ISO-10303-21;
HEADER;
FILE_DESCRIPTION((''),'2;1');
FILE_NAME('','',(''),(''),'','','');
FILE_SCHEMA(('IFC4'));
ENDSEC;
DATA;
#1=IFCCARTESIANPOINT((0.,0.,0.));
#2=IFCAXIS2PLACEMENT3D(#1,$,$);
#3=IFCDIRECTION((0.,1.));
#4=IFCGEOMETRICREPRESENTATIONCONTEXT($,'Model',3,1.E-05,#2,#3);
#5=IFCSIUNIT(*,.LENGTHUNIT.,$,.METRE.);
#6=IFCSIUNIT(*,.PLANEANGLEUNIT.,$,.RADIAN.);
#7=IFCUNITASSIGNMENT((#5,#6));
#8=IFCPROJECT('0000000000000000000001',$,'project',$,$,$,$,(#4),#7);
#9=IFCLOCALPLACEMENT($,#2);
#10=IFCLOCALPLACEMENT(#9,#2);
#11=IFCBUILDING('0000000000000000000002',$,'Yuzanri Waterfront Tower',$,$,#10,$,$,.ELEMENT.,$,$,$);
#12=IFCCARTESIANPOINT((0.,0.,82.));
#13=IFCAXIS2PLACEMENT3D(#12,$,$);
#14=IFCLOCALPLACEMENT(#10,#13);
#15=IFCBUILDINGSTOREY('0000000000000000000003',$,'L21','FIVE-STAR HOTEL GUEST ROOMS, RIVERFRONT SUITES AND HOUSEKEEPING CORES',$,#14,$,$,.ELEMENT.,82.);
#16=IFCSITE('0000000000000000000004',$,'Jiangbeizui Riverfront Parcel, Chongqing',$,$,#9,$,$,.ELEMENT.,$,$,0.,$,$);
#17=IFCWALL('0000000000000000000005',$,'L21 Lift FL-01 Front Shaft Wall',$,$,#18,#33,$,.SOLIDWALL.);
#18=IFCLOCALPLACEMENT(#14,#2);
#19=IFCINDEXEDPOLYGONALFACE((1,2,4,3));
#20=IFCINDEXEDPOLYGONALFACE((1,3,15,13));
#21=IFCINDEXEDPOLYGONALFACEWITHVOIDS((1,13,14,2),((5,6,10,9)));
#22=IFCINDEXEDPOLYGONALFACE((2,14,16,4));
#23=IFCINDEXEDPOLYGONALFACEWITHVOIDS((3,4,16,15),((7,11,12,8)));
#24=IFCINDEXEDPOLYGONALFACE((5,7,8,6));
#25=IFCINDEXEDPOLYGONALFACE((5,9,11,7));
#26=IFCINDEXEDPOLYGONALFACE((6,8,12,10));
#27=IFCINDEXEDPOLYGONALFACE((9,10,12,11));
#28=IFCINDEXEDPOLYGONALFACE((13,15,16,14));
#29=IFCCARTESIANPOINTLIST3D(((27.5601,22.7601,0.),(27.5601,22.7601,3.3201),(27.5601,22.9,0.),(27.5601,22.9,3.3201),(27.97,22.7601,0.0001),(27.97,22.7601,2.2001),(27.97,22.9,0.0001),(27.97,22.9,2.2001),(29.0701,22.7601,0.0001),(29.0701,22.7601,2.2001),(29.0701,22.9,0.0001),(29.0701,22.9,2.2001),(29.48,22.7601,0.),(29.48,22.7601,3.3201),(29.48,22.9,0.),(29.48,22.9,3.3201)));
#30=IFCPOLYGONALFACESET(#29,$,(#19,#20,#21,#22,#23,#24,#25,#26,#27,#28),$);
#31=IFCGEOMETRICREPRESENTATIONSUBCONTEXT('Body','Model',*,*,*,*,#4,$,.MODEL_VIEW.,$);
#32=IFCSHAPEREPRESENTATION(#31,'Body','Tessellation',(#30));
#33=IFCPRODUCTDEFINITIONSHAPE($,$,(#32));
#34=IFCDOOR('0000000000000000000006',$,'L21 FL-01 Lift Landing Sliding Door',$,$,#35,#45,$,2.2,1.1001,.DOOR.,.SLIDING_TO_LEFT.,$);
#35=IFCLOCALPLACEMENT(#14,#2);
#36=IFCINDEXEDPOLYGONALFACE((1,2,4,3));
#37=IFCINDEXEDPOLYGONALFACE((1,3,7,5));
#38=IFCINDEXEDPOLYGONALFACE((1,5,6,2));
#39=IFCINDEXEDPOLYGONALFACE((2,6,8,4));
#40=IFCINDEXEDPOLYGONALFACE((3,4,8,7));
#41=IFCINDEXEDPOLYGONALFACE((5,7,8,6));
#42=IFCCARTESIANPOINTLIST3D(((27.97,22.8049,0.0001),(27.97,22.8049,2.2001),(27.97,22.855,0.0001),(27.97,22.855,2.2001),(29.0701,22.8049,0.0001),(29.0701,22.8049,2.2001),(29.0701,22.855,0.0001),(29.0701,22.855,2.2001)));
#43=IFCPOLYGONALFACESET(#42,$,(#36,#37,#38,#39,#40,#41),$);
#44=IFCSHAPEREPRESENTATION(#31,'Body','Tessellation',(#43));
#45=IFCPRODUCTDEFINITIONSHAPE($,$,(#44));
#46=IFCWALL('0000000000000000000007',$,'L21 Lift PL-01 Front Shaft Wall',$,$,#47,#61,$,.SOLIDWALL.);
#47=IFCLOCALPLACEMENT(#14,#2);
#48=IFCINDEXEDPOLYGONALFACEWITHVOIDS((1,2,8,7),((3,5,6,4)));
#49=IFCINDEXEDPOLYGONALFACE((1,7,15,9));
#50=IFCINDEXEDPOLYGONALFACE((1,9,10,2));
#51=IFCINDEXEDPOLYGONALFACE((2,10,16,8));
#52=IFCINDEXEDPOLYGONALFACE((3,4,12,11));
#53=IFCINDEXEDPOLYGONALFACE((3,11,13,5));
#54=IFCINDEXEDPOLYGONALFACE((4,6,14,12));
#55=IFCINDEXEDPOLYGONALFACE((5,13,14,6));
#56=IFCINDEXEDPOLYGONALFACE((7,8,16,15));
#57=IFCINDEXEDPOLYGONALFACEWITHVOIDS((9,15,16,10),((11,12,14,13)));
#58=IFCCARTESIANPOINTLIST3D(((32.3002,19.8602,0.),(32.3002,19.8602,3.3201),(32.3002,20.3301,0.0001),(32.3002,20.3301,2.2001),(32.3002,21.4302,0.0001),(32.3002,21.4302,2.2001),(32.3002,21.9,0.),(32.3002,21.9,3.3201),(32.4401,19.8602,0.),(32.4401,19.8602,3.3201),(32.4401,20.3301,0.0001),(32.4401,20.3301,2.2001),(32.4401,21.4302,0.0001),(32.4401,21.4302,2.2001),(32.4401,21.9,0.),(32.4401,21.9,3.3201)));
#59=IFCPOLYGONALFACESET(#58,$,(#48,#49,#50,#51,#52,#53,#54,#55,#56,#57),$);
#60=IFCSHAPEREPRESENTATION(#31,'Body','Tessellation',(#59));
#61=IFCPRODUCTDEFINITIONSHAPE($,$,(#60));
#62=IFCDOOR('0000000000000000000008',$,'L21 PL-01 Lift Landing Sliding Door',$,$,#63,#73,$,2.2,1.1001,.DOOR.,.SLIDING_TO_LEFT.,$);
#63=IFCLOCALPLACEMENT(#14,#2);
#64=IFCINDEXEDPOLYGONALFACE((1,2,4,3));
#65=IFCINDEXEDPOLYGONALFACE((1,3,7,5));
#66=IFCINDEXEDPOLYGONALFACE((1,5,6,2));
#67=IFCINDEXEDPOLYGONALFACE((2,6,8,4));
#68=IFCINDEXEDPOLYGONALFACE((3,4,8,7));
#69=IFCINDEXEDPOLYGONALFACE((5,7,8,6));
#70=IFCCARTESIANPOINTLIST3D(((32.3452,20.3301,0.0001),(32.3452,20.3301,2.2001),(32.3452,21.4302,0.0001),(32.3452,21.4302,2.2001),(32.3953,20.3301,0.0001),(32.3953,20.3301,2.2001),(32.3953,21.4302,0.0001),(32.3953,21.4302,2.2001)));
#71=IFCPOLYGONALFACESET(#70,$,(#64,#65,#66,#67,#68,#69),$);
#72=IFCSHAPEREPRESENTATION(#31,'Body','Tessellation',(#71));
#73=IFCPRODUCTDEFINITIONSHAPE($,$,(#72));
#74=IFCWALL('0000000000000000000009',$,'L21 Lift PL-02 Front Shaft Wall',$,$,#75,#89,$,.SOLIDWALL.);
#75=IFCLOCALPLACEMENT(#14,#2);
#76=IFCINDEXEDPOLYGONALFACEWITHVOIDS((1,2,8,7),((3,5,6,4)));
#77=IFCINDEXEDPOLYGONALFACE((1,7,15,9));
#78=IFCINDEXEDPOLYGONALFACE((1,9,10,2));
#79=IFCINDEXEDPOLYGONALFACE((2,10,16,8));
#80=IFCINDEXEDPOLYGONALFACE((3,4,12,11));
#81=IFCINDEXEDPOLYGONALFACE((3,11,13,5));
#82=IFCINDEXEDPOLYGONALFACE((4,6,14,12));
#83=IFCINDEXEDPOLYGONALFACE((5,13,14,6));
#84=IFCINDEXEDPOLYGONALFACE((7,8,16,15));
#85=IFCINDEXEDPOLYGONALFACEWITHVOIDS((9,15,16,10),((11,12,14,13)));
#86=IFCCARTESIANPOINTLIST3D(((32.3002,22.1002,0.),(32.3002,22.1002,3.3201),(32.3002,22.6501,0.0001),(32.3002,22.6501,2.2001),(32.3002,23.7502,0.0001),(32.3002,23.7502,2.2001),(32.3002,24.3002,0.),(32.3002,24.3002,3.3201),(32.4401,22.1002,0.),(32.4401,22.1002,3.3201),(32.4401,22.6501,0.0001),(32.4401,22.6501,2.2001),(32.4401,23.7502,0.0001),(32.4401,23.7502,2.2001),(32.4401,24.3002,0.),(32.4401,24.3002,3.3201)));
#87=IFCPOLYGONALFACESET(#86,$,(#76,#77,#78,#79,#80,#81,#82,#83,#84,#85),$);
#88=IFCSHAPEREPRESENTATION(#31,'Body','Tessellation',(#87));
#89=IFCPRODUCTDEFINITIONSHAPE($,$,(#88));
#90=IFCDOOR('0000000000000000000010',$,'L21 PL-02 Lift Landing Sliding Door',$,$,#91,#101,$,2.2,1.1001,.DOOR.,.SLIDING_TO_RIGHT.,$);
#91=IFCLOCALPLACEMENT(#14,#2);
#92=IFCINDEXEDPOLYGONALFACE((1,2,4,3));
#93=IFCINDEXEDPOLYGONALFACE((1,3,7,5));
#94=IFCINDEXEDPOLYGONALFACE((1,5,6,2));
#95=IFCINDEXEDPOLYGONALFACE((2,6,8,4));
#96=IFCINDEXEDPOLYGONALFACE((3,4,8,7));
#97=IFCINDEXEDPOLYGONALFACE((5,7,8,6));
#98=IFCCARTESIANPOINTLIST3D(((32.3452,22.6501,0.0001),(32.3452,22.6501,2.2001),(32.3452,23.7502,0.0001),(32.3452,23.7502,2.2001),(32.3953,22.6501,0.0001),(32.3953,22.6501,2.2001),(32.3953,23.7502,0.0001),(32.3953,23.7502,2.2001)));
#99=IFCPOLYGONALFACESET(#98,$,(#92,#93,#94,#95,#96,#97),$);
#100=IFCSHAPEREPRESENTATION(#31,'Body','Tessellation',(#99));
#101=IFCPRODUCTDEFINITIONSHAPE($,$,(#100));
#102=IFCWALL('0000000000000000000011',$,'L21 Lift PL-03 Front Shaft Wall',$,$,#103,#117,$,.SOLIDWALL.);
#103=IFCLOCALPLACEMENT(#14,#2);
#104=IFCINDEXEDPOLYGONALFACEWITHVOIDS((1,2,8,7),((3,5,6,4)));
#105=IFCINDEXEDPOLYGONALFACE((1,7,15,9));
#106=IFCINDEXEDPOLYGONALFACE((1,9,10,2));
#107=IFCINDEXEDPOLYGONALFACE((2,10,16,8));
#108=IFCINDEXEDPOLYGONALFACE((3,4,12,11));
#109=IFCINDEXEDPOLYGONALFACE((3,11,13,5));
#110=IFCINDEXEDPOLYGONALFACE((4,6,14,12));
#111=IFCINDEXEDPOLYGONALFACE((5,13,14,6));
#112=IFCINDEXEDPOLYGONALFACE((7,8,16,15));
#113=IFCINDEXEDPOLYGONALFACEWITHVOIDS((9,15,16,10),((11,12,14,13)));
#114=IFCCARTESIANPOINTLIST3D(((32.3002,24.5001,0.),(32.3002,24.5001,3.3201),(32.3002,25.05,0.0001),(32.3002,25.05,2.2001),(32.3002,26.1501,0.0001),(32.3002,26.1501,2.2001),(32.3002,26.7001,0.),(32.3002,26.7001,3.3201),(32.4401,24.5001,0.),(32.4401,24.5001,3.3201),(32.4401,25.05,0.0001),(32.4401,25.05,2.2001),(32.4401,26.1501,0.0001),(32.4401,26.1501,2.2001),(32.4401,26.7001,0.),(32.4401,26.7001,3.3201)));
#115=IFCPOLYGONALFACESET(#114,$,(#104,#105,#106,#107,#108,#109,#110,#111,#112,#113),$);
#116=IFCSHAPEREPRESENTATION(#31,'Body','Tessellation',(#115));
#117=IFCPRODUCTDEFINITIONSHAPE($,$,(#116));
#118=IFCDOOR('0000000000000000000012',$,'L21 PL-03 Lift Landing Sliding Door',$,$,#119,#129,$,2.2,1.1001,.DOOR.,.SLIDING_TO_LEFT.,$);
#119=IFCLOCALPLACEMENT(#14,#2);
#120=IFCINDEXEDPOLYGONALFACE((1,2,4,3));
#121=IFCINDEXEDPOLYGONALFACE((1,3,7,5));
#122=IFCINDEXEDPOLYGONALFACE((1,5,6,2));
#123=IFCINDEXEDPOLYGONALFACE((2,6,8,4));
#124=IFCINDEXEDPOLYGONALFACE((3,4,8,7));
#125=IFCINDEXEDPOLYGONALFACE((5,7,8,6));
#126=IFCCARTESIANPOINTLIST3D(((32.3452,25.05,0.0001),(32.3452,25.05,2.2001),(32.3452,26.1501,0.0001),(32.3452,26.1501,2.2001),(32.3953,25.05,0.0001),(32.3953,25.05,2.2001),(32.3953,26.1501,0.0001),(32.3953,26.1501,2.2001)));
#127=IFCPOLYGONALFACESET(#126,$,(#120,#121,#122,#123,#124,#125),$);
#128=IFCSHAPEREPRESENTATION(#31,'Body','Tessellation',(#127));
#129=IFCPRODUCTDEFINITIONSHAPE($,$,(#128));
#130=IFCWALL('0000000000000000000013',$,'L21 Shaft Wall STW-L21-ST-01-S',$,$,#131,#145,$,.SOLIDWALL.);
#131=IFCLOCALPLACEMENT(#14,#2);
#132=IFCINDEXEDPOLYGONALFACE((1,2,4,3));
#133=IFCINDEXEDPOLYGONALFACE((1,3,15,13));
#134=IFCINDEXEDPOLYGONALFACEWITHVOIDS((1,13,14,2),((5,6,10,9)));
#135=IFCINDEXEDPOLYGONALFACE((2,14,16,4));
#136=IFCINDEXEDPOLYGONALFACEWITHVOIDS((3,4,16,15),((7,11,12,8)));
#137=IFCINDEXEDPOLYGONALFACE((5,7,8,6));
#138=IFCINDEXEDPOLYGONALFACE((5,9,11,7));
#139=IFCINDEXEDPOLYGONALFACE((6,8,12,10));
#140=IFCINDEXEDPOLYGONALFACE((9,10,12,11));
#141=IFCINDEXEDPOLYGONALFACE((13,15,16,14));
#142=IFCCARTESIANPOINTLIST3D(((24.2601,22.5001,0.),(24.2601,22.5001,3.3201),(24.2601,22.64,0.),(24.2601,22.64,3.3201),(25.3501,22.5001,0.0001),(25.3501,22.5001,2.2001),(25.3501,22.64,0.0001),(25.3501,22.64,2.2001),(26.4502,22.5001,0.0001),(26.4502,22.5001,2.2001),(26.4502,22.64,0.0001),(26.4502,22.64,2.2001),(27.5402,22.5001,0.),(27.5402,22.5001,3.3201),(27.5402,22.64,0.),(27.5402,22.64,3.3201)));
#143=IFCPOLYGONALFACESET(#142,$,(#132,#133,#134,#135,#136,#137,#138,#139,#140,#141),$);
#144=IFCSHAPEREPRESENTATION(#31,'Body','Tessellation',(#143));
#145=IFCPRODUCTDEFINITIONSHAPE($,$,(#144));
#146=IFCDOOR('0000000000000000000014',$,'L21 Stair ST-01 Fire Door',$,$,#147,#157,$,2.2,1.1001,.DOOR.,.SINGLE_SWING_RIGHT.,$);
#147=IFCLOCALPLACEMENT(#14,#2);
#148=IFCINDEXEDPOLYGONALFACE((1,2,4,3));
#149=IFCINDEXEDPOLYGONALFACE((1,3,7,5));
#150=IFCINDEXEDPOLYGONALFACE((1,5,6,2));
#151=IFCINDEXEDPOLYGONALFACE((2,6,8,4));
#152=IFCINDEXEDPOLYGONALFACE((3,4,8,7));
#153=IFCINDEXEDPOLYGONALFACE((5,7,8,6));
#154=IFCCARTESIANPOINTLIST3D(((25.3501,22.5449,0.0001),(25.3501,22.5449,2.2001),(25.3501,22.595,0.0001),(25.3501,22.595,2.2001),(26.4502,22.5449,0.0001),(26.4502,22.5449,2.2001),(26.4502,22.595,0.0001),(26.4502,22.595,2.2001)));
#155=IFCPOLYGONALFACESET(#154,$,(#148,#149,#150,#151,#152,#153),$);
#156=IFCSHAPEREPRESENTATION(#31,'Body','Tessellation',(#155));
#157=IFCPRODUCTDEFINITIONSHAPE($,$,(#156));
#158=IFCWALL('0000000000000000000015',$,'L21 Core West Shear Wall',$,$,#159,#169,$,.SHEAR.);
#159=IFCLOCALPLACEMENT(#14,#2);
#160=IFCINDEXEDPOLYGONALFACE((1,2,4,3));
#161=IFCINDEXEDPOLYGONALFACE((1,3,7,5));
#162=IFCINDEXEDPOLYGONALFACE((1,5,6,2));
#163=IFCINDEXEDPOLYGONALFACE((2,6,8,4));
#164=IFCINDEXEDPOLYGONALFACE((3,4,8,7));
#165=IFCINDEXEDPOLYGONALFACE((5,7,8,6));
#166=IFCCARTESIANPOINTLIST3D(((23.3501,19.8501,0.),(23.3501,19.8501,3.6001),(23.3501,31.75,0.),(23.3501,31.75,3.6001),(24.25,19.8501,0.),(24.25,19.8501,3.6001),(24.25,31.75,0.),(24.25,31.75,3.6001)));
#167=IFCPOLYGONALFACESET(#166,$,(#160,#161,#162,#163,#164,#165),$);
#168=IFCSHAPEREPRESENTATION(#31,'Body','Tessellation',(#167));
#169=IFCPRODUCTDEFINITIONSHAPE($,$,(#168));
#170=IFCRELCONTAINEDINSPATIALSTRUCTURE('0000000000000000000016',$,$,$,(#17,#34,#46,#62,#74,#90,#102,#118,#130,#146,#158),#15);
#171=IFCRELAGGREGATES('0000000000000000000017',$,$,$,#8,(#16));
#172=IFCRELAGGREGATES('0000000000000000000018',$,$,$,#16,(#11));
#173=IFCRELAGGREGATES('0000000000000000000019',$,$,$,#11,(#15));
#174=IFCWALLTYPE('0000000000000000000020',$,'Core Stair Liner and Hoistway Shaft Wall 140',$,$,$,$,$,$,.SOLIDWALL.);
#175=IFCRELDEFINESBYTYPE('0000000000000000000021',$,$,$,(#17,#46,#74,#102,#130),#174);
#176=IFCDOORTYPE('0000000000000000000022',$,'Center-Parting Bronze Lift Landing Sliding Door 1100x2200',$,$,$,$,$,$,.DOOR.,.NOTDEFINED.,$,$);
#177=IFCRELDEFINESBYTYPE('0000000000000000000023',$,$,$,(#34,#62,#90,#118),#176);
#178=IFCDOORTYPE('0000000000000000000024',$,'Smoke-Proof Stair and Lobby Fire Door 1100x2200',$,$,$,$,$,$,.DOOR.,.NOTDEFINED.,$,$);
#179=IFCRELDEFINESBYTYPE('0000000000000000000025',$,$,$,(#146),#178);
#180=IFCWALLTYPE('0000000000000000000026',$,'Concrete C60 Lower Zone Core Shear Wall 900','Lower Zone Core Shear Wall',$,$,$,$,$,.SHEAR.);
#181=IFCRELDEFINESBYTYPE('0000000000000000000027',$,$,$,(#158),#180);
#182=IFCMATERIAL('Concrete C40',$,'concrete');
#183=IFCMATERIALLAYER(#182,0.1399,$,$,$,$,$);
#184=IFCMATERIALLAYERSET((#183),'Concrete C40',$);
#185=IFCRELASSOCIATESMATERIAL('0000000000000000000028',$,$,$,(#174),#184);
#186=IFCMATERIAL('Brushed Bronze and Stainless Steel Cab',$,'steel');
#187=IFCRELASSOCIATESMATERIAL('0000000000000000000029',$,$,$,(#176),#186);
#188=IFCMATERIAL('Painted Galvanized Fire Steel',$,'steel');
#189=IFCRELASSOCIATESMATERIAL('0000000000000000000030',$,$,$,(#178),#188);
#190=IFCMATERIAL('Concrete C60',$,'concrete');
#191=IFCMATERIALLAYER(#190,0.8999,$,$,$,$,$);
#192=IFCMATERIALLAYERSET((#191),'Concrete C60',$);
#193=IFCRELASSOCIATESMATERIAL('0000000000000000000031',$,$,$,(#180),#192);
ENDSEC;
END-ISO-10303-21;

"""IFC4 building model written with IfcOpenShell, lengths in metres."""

from ifc_helpers import new_model, si_unit, direction, frame, frame_2d, origin, place, context, subcontext, project, spatial, rectangle, extrude, source, transform, mapped, material, layer, layer_set, type_object, element, fill, save


model = new_model("IFC4")

# Units and contexts
model_context = context("Model", 3, precision=1e-05, world=origin(), true_north=direction((0.0, 1.0)))
body_context = subcontext(model_context, "Body", "Model", "MODEL_VIEW")
ifc_project = project(units=[si_unit("LENGTHUNIT", "METRE"), si_unit("PLANEANGLEUNIT", "RADIAN")], contexts=[model_context])

# Site, building, storey
site_placement = place(None, origin())
site = spatial("IfcSite", under=ifc_project, at=site_placement, Name="Jiangbeizui Riverfront Parcel, Chongqing", CompositionType="ELEMENT", RefElevation=0.0)
building_placement = place(site_placement, origin())
building = spatial("IfcBuilding", under=site, at=building_placement, Name="Yuzanri Waterfront Tower", CompositionType="ELEMENT")
storey_placement = place(building_placement, frame((0.0, 0.0, 82.0)))
storey = spatial("IfcBuildingStorey", under=building, at=storey_placement, Name="L21", Description="FIVE-STAR HOTEL GUEST ROOMS, RIVERFRONT SUITES AND HOUSEKEEPING CORES", CompositionType="ELEMENT", Elevation=82.0)

# Walls, openings, doors
ifc_material_1 = material(Name="Concrete C40", Category="concrete")
ifc_layer_1 = layer(ifc_material_1, 0.1399)
ifc_layer_set_1 = layer_set([ifc_layer_1], Name="Concrete C40")
wall_type_1 = type_object("IfcWallType", Name="Core Stair Liner and Hoistway Shaft Wall 140", PredefinedType="SOLIDWALL", material=ifc_layer_set_1)
wall_1_placement = place(storey_placement, frame((27.5601, 22.8301, 0.0), z_axis=(0.0, 0.0, 1.0), x_axis=(1.0, 0.0, 0.0)))
wall_1 = element("IfcWall", 1, at=wall_1_placement, inside=storey, type_object=wall_type_1, Name="L21 Lift FL-01 Front Shaft Wall", PredefinedType="SOLIDWALL", context=body_context, shape_type="SweptSolid", body=[
    extrude(rectangle(XDim=1.9199, YDim=0.1399, at=frame_2d((0.96, 0.0))), origin(), (0.0, 0.0, 1.0), 3.3201),
])
opening_1_placement = place(wall_1_placement, frame((0.4099, 0.0, 0.0)))
opening_1 = element("IfcOpeningElement", 2, at=opening_1_placement, cuts=wall_1, PredefinedType="OPENING", context=body_context, shape_type="SweptSolid", body=[
    extrude(rectangle(XDim=1.1001, YDim=2.2, at=frame_2d((0.55, 1.1001))), frame((0.0, 0.085, 0.0), z_axis=(0.0, -1.0, 0.0), x_axis=(1.0, 0.0, 0.0)), (0.0, 0.0, 1.0), 0.1697),
])
ifc_material_2 = material(Name="Brushed Bronze and Stainless Steel Cab", Category="steel")
door_type_1 = type_object("IfcDoorType", Name="Center-Parting Bronze Lift Landing Sliding Door 1100x2200", OperationType="NOTDEFINED", PredefinedType="DOOR", material=ifc_material_2)
shared_shape_1 = source(origin(), body_context, "Body", "SweptSolid", [
    extrude(rectangle(XDim=1.1001, YDim=2.2, at=frame_2d((0.55, 1.1001))), frame((0.0, 0.0249, 0.0), z_axis=(0.0, -1.0, 0.0), x_axis=(1.0, 0.0, 0.0)), (0.0, 0.0, 1.0), 0.05),
])
door_1_placement = place(opening_1_placement, origin())
door_1 = element("IfcDoor", 3, at=door_1_placement, inside=storey, type_object=door_type_1, Name="L21 FL-01 Lift Landing Sliding Door", OperationType="SLIDING_TO_LEFT", OverallHeight=2.2, OverallWidth=1.1001, PredefinedType="DOOR", context=body_context, shape_type="MappedRepresentation", body=[
    mapped(shared_shape_1, transform((0.0, 0.0, 0.0), scale=1.0)),
])
fill(opening_1, door_1)
wall_2_placement = place(storey_placement, frame((32.3701, 19.8601, 0.0), z_axis=(0.0, 0.0, 1.0), x_axis=(0.0, 1.0, 0.0)))
wall_2 = element("IfcWall", 4, at=wall_2_placement, inside=storey, type_object=wall_type_1, Name="L21 Lift PL-01 Front Shaft Wall", PredefinedType="SOLIDWALL", context=body_context, shape_type="SweptSolid", body=[
    extrude(rectangle(XDim=2.0398, YDim=0.1399, at=frame_2d((1.02, 0.0))), origin(), (0.0, 0.0, 1.0), 3.3201),
])
opening_2_placement = place(wall_2_placement, frame((0.47, 0.0, 0.0)))
opening_2 = element("IfcOpeningElement", 5, at=opening_2_placement, cuts=wall_2, PredefinedType="OPENING", context=body_context, shape_type="SweptSolid", body=[
    extrude(rectangle(XDim=1.1001, YDim=2.2, at=frame_2d((0.55, 1.1001))), frame((0.0, 0.085, 0.0), z_axis=(0.0, -1.0, 0.0), x_axis=(1.0, 0.0, 0.0)), (0.0, 0.0, 1.0), 0.1697),
])
door_2_placement = place(opening_2_placement, origin())
door_2 = element("IfcDoor", 6, at=door_2_placement, inside=storey, type_object=door_type_1, Name="L21 PL-01 Lift Landing Sliding Door", OperationType="SLIDING_TO_LEFT", OverallHeight=2.2, OverallWidth=1.1001, PredefinedType="DOOR", context=body_context, shape_type="MappedRepresentation", body=[
    mapped(shared_shape_1, transform((0.0, 0.0, 0.0), scale=1.0)),
])
fill(opening_2, door_2)
wall_3_placement = place(storey_placement, frame((32.3701, 22.1001, 0.0), z_axis=(0.0, 0.0, 1.0), x_axis=(0.0, 1.0, 0.0)))
wall_3 = element("IfcWall", 7, at=wall_3_placement, inside=storey, type_object=wall_type_1, Name="L21 Lift PL-02 Front Shaft Wall", PredefinedType="SOLIDWALL", context=body_context, shape_type="SweptSolid", body=[
    extrude(rectangle(XDim=2.2, YDim=0.1399, at=frame_2d((1.1001, 0.0))), origin(), (0.0, 0.0, 1.0), 3.3201),
])
opening_3_placement = place(wall_3_placement, frame((0.55, 0.0, 0.0)))
opening_3 = element("IfcOpeningElement", 8, at=opening_3_placement, cuts=wall_3, PredefinedType="OPENING", context=body_context, shape_type="SweptSolid", body=[
    extrude(rectangle(XDim=1.1001, YDim=2.2, at=frame_2d((0.55, 1.1001))), frame((0.0, 0.085, 0.0), z_axis=(0.0, -1.0, 0.0), x_axis=(1.0, 0.0, 0.0)), (0.0, 0.0, 1.0), 0.1697),
])
door_3_placement = place(opening_3_placement, origin())
door_3 = element("IfcDoor", 9, at=door_3_placement, inside=storey, type_object=door_type_1, Name="L21 PL-02 Lift Landing Sliding Door", OperationType="SLIDING_TO_RIGHT", OverallHeight=2.2, OverallWidth=1.1001, PredefinedType="DOOR", context=body_context, shape_type="MappedRepresentation", body=[
    mapped(shared_shape_1, transform((0.0, 0.0, 0.0), scale=1.0)),
])
fill(opening_3, door_3)
wall_4_placement = place(storey_placement, frame((32.3701, 24.5, 0.0), z_axis=(0.0, 0.0, 1.0), x_axis=(0.0, 1.0, 0.0)))
wall_4 = element("IfcWall", 10, at=wall_4_placement, inside=storey, type_object=wall_type_1, Name="L21 Lift PL-03 Front Shaft Wall", PredefinedType="SOLIDWALL", context=body_context, shape_type="SweptSolid", body=[
    extrude(rectangle(XDim=2.2, YDim=0.1399, at=frame_2d((1.1001, 0.0))), origin(), (0.0, 0.0, 1.0), 3.3201),
])
opening_4_placement = place(wall_4_placement, frame((0.55, 0.0, 0.0)))
opening_4 = element("IfcOpeningElement", 11, at=opening_4_placement, cuts=wall_4, PredefinedType="OPENING", context=body_context, shape_type="SweptSolid", body=[
    extrude(rectangle(XDim=1.1001, YDim=2.2, at=frame_2d((0.55, 1.1001))), frame((0.0, 0.085, 0.0), z_axis=(0.0, -1.0, 0.0), x_axis=(1.0, 0.0, 0.0)), (0.0, 0.0, 1.0), 0.1697),
])
door_4_placement = place(opening_4_placement, origin())
door_4 = element("IfcDoor", 12, at=door_4_placement, inside=storey, type_object=door_type_1, Name="L21 PL-03 Lift Landing Sliding Door", OperationType="SLIDING_TO_LEFT", OverallHeight=2.2, OverallWidth=1.1001, PredefinedType="DOOR", context=body_context, shape_type="MappedRepresentation", body=[
    mapped(shared_shape_1, transform((0.0, 0.0, 0.0), scale=1.0)),
])
fill(opening_4, door_4)
wall_5_placement = place(storey_placement, frame((24.26, 22.5701, 0.0), z_axis=(0.0, 0.0, 1.0), x_axis=(1.0, 0.0, 0.0)))
wall_5 = element("IfcWall", 13, at=wall_5_placement, inside=storey, type_object=wall_type_1, Name="L21 Shaft Wall STW-L21-ST-01-S", PredefinedType="SOLIDWALL", context=body_context, shape_type="SweptSolid", body=[
    extrude(rectangle(XDim=3.28, YDim=0.1399, at=frame_2d((1.6401, 0.0))), origin(), (0.0, 0.0, 1.0), 3.3201),
])
opening_5_placement = place(wall_5_placement, frame((1.0901, 0.0, 0.0)))
opening_5 = element("IfcOpeningElement", 14, at=opening_5_placement, cuts=wall_5, PredefinedType="OPENING", context=body_context, shape_type="SweptSolid", body=[
    extrude(rectangle(XDim=1.1001, YDim=2.2, at=frame_2d((0.55, 1.1001))), frame((0.0, 0.085, 0.0), z_axis=(0.0, -1.0, 0.0), x_axis=(1.0, 0.0, 0.0)), (0.0, 0.0, 1.0), 0.1697),
])
ifc_material_3 = material(Name="Painted Galvanized Fire Steel", Category="steel")
door_type_2 = type_object("IfcDoorType", Name="Smoke-Proof Stair and Lobby Fire Door 1100x2200", OperationType="NOTDEFINED", PredefinedType="DOOR", material=ifc_material_3)
shared_shape_2 = source(origin(), body_context, "Body", "SweptSolid", [
    extrude(rectangle(XDim=1.1001, YDim=2.2, at=frame_2d((0.55, 1.1001))), frame((0.0, 0.0249, 0.0), z_axis=(0.0, -1.0, 0.0), x_axis=(1.0, 0.0, 0.0)), (0.0, 0.0, 1.0), 0.05),
])
door_5_placement = place(opening_5_placement, origin())
door_5 = element("IfcDoor", 15, at=door_5_placement, inside=storey, type_object=door_type_2, Name="L21 Stair ST-01 Fire Door", OperationType="SINGLE_SWING_RIGHT", OverallHeight=2.2, OverallWidth=1.1001, PredefinedType="DOOR", context=body_context, shape_type="MappedRepresentation", body=[
    mapped(shared_shape_2, transform((0.0, 0.0, 0.0), scale=1.0)),
])
fill(opening_5, door_5)

# Wall
ifc_material_4 = material(Name="Concrete C60", Category="concrete")
ifc_layer_2 = layer(ifc_material_4, 0.8999)
ifc_layer_set_2 = layer_set([ifc_layer_2], Name="Concrete C60")
wall_type_2 = type_object("IfcWallType", Name="Concrete C60 Lower Zone Core Shear Wall 900", Description="Lower Zone Core Shear Wall", PredefinedType="SHEAR", material=ifc_layer_set_2)
shared_shape_3 = source(origin(), body_context, "Body", "SweptSolid", [
    extrude(rectangle(XDim=11.8999, YDim=0.8999, at=frame_2d((5.95, 0.0))), origin(), (0.0, 0.0, 1.0), 3.6001),
])
wall_6_placement = place(storey_placement, frame((23.8, 19.8501, 0.0), z_axis=(0.0, 0.0, 1.0), x_axis=(0.0, 1.0, 0.0)))
element("IfcWall", 16, at=wall_6_placement, inside=storey, type_object=wall_type_2, Name="L21 Core West Shear Wall", PredefinedType="SHEAR", context=body_context, shape_type="MappedRepresentation", body=[
    mapped(shared_shape_3, transform((0.0, 0.0, 0.0), scale=1.0)),
])

save(model, "model.ifc")
